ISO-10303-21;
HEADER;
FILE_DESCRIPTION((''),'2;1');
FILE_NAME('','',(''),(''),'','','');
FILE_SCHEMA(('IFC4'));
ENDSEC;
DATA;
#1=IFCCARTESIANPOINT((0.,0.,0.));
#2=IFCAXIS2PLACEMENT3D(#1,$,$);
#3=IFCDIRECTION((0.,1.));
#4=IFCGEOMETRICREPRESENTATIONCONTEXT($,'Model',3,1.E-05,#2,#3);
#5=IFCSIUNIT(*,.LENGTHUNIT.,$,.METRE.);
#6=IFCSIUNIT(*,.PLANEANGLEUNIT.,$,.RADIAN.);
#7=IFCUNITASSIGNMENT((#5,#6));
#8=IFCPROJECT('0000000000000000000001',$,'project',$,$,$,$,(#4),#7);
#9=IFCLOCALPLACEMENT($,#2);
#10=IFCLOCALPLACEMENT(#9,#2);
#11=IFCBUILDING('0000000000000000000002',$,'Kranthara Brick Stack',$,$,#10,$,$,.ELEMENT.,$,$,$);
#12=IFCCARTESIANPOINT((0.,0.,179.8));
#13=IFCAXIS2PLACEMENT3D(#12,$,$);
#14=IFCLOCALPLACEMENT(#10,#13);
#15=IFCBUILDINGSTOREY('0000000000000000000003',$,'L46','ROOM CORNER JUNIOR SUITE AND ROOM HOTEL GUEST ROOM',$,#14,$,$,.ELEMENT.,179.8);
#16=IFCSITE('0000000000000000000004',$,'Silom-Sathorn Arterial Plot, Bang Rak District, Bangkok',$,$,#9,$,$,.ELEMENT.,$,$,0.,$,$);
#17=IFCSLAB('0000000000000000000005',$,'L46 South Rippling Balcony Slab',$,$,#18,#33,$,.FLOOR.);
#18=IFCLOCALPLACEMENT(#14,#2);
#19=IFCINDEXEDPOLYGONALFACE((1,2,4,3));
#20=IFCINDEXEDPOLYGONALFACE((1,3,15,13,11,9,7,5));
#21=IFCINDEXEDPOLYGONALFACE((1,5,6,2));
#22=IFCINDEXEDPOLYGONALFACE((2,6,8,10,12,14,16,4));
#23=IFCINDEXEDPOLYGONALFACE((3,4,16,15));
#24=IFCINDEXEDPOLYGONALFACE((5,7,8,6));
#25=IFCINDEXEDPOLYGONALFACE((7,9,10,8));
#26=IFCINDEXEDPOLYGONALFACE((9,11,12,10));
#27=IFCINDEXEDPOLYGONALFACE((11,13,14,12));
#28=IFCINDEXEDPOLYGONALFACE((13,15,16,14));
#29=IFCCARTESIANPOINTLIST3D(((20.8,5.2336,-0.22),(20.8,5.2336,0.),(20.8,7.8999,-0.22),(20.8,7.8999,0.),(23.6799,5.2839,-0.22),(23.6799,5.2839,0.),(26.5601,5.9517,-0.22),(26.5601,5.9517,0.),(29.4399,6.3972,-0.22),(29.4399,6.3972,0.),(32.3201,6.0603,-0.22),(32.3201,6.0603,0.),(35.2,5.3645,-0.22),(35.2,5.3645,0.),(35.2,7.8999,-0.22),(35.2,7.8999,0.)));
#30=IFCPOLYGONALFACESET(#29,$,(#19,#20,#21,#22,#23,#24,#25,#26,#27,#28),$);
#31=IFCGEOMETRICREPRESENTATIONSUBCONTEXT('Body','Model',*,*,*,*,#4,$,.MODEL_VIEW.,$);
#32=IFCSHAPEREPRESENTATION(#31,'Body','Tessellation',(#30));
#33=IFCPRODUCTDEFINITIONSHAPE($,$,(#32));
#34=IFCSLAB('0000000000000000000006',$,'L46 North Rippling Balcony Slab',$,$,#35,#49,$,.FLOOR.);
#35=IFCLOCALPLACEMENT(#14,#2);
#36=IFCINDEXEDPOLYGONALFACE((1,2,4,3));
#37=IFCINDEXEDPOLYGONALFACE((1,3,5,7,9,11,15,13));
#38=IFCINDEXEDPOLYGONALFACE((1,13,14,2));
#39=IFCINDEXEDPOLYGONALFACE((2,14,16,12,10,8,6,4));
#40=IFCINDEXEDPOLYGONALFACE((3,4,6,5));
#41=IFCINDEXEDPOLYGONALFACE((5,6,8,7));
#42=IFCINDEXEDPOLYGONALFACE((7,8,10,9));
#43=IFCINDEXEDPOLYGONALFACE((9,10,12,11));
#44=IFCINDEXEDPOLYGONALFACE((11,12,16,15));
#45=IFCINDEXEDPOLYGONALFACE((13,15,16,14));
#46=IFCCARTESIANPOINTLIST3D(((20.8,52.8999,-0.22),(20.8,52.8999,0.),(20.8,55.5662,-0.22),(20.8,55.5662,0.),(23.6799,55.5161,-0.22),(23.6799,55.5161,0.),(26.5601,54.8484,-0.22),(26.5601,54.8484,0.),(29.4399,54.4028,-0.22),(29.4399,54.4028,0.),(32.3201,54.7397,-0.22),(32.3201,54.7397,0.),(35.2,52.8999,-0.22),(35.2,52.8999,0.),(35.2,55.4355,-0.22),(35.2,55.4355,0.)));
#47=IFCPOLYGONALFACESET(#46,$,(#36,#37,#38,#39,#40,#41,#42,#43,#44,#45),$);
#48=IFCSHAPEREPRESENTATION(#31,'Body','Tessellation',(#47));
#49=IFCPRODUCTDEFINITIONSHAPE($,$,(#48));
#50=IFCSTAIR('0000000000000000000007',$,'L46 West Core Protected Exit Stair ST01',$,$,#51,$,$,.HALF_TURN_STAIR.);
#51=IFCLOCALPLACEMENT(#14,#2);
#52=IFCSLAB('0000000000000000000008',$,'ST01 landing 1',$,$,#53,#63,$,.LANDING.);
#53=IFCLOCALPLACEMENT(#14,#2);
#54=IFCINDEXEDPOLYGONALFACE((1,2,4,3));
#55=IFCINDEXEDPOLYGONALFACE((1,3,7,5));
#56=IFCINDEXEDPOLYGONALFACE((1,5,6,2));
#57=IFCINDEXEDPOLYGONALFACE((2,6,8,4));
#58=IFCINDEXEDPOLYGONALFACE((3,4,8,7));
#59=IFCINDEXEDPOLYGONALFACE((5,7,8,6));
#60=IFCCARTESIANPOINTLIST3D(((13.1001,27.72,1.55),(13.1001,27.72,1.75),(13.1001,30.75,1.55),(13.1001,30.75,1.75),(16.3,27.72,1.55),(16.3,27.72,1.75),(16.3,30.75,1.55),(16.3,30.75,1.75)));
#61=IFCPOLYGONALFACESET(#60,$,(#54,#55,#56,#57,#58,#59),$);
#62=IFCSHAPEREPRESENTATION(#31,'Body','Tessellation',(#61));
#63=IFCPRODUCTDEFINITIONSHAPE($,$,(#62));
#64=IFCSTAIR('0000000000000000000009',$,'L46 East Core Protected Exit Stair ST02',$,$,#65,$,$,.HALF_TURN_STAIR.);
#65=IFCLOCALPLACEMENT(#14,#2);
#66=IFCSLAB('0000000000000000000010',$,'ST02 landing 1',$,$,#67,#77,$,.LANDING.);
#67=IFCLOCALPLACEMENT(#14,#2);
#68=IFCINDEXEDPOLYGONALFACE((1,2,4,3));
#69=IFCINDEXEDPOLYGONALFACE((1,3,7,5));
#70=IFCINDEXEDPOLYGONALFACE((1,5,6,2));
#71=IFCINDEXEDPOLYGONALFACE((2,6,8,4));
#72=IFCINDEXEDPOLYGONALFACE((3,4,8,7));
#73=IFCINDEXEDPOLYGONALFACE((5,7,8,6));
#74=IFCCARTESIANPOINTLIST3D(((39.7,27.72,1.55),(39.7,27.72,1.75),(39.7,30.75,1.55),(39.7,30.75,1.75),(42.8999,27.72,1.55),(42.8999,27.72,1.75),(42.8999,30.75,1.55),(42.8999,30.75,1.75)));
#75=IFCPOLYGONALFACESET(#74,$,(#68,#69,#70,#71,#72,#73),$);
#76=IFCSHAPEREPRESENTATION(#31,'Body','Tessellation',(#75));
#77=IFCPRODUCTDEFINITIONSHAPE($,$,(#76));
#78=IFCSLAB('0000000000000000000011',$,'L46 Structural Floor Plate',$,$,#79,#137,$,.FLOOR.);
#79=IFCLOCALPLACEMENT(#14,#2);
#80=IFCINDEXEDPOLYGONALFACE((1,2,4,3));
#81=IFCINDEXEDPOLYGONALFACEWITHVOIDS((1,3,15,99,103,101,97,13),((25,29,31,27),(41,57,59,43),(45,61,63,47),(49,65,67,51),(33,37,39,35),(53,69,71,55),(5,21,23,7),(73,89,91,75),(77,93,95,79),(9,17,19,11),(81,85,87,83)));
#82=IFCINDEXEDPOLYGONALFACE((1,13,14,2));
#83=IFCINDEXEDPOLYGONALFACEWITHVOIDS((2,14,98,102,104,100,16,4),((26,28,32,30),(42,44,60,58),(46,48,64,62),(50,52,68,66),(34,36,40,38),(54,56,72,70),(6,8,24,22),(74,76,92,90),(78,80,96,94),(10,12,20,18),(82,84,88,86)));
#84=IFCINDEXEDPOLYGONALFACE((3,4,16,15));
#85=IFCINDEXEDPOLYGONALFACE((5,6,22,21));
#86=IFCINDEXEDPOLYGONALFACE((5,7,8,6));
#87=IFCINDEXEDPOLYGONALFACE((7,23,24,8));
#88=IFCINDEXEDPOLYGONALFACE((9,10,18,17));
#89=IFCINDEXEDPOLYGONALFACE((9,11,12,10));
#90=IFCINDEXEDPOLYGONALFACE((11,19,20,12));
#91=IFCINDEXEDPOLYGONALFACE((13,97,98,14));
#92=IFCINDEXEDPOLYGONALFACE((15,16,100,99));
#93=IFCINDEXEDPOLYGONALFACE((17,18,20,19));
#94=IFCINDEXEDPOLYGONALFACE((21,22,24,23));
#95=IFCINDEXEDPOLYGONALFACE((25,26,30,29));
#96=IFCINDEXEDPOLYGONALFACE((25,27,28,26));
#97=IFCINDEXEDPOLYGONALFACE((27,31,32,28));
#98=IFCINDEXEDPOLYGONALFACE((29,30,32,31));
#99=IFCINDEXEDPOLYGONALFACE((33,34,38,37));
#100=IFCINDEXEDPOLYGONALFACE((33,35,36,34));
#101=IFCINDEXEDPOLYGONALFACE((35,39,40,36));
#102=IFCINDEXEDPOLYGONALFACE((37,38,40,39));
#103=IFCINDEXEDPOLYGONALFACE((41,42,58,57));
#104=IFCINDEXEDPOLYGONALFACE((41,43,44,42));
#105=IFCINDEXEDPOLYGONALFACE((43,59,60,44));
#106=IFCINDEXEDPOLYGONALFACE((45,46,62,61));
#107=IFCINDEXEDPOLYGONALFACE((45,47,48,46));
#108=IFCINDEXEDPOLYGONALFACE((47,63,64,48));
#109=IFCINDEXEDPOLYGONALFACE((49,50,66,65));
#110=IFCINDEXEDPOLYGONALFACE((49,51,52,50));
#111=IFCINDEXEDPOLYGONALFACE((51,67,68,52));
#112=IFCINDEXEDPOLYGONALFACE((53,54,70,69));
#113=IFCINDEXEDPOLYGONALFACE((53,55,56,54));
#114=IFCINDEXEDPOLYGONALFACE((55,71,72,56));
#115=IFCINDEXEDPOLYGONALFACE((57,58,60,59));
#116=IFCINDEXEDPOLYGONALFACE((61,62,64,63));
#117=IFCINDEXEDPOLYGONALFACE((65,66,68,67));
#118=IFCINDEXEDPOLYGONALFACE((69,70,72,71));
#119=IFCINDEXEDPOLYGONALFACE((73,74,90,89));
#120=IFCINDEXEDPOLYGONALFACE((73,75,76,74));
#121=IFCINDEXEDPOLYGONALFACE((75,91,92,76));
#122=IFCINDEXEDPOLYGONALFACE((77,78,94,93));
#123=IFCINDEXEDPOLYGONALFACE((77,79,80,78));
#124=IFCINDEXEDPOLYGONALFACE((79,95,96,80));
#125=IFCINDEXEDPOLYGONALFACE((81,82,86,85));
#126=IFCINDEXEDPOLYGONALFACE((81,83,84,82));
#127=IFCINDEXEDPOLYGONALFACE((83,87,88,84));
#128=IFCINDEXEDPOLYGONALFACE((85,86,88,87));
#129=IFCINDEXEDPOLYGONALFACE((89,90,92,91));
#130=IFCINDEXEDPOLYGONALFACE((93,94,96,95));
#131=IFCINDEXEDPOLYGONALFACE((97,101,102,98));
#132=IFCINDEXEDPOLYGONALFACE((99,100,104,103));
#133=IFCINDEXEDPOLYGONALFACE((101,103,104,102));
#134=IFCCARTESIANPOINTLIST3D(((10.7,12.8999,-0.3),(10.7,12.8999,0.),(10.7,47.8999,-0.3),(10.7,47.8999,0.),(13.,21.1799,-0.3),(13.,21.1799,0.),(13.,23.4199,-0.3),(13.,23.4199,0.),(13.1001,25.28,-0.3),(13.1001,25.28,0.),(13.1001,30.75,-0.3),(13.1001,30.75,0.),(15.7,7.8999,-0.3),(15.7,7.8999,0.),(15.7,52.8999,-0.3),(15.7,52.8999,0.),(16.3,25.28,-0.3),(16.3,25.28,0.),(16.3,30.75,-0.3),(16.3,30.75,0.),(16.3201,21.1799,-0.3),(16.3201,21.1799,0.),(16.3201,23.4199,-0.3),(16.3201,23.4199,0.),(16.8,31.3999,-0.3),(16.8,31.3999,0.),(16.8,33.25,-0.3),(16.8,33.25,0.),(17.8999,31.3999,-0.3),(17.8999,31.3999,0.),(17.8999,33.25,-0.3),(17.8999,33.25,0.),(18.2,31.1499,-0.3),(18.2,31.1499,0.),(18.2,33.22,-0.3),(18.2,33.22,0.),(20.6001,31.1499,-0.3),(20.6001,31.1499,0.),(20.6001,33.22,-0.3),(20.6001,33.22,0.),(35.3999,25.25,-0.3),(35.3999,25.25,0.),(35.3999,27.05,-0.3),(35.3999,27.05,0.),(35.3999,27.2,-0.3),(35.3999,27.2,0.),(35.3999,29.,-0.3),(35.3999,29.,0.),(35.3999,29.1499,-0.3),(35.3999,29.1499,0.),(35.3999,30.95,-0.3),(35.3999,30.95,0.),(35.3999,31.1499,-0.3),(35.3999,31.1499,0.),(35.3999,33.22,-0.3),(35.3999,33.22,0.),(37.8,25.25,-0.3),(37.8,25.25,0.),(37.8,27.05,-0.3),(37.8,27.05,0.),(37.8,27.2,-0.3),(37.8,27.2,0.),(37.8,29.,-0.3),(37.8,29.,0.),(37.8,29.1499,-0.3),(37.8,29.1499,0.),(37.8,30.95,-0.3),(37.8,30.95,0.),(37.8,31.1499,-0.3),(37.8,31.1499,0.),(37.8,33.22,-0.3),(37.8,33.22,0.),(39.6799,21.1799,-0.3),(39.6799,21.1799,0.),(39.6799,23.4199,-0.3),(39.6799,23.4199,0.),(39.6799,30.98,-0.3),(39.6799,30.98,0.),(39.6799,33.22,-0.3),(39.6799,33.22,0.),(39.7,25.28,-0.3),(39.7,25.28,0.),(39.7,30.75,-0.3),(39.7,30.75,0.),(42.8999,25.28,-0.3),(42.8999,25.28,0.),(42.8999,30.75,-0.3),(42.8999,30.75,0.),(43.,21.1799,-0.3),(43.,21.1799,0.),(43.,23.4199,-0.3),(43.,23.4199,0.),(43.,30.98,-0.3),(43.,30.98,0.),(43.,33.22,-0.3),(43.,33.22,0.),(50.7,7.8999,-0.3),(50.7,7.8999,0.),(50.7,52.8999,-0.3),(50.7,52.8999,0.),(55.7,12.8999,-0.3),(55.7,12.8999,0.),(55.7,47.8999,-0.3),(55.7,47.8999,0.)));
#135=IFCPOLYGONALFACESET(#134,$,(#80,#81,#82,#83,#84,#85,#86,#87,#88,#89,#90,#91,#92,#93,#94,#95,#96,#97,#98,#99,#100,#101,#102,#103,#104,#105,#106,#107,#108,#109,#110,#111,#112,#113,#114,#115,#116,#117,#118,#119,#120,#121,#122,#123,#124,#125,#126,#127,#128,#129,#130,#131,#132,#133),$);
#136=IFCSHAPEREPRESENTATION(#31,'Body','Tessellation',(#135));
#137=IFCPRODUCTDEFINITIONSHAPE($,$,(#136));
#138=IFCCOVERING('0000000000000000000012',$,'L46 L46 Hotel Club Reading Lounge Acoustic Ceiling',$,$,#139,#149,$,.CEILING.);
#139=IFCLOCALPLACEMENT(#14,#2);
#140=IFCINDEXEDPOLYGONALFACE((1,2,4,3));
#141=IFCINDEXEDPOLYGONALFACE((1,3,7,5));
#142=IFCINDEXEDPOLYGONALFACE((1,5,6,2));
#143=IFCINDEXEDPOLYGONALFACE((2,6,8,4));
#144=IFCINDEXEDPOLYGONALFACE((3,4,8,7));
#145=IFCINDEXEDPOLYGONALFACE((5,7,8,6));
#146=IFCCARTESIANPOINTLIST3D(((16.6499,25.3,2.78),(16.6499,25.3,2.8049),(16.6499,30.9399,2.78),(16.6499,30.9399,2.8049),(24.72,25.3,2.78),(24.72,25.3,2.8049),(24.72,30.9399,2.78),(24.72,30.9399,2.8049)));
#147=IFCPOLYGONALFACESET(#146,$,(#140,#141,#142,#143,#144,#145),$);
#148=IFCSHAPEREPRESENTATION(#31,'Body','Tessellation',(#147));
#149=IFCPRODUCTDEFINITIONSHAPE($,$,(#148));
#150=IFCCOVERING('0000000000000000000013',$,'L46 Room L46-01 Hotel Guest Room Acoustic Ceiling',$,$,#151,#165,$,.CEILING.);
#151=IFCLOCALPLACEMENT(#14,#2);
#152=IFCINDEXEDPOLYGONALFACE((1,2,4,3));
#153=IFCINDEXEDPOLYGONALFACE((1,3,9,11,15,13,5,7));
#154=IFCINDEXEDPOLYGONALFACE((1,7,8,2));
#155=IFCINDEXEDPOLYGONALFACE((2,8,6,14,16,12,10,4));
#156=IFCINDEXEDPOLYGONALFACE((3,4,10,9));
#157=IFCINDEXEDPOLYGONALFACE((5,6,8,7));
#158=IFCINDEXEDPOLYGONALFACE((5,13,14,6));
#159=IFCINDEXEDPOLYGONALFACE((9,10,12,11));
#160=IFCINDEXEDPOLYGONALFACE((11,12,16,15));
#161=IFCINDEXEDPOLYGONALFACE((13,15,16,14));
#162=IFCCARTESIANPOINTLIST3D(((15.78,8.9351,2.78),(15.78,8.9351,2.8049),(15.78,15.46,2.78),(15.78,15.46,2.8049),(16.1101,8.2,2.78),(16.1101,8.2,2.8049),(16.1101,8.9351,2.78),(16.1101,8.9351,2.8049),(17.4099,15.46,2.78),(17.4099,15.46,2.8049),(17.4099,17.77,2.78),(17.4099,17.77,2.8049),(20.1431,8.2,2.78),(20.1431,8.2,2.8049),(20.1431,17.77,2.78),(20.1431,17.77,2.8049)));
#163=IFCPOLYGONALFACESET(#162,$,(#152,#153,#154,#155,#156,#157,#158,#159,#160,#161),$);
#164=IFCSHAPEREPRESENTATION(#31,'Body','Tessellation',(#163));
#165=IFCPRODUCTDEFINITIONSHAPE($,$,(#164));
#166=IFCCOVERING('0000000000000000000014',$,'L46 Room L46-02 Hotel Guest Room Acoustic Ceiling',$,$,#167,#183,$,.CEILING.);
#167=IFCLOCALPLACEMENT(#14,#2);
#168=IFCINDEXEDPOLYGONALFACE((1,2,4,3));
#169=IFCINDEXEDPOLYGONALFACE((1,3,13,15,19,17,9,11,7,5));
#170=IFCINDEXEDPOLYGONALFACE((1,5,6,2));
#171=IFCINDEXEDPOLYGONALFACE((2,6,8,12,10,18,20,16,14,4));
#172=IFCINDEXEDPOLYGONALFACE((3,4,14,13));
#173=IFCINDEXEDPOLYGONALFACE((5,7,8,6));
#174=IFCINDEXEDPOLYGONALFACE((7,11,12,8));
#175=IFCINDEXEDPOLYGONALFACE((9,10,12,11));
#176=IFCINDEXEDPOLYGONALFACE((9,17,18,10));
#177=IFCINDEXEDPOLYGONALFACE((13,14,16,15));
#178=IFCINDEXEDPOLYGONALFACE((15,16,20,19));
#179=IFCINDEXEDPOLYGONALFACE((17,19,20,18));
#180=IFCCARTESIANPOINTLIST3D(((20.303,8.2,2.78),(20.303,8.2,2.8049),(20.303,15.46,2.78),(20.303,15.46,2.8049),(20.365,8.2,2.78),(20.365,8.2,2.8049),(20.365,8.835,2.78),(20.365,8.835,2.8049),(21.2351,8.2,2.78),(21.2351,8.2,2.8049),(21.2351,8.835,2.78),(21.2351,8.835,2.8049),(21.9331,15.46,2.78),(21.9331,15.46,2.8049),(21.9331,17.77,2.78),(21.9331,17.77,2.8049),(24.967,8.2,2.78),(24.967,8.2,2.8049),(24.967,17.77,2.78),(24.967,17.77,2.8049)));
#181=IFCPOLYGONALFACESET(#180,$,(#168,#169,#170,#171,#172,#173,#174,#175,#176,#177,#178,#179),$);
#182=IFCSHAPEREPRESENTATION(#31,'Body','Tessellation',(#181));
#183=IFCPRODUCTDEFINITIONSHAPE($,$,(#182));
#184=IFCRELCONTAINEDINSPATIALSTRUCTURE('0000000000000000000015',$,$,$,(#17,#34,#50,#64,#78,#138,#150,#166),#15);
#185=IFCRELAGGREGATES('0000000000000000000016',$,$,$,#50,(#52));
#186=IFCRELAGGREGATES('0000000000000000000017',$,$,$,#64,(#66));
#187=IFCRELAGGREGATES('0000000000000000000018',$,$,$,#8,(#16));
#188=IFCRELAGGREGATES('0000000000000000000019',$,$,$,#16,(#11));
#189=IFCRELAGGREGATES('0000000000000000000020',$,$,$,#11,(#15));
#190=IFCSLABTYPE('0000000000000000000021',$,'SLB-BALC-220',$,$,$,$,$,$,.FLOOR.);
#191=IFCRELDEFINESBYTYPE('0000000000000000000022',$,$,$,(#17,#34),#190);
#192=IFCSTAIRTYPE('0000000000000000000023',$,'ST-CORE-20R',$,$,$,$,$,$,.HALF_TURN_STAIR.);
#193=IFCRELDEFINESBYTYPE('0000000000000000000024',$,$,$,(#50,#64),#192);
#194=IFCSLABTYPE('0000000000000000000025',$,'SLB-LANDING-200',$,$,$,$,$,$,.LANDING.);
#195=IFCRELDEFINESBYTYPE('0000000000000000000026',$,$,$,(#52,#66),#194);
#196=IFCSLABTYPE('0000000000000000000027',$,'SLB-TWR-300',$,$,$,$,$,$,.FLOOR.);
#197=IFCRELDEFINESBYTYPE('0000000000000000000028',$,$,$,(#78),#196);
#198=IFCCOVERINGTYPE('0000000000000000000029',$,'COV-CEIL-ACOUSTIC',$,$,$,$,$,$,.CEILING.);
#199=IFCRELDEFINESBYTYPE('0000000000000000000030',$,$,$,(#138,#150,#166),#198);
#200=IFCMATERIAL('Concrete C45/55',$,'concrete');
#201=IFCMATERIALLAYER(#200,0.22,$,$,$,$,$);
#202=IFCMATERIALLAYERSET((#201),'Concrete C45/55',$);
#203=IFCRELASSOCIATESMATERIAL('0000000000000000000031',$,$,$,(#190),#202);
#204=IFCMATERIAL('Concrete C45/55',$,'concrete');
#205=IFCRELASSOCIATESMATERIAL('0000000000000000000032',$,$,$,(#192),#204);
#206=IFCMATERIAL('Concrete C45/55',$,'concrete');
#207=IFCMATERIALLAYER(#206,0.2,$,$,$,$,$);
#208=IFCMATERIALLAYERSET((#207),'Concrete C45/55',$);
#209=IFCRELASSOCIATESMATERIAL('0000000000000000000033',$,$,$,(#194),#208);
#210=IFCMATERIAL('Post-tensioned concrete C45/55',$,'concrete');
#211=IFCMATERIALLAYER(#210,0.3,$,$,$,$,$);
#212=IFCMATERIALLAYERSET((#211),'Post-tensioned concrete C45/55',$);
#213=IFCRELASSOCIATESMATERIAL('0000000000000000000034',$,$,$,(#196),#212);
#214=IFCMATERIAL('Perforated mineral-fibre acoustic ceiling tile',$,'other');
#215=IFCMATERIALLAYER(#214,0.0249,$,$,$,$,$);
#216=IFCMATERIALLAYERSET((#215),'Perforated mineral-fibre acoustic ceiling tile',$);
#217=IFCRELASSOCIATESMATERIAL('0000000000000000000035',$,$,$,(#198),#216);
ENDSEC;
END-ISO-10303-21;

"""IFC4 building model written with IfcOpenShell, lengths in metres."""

from ifc_helpers import new_model, si_unit, direction, frame, origin, place, context, subcontext, project, spatial, polyline, outline, extrude, material, layer, layer_set, type_object, element, aggregate, save


model = new_model("IFC4")

# Units and contexts
model_context = context("Model", 3, precision=1e-05, world=origin(), true_north=direction((0.0, 1.0)))
body_context = subcontext(model_context, "Body", "Model", "MODEL_VIEW")
ifc_project = project(units=[si_unit("LENGTHUNIT", "METRE"), si_unit("PLANEANGLEUNIT", "RADIAN")], contexts=[model_context])

# Site, building, storey
site_placement = place(None, origin())
site = spatial("IfcSite", under=ifc_project, at=site_placement, Name="Silom-Sathorn Arterial Plot, Bang Rak District, Bangkok", CompositionType="ELEMENT", RefElevation=0.0)
building_placement = place(site_placement, origin())
building = spatial("IfcBuilding", under=site, at=building_placement, Name="Kranthara Brick Stack", CompositionType="ELEMENT")
storey_placement = place(building_placement, frame((0.0, 0.0, 179.8)))
storey = spatial("IfcBuildingStorey", under=building, at=storey_placement, Name="L46", Description="ROOM CORNER JUNIOR SUITE AND ROOM HOTEL GUEST ROOM", CompositionType="ELEMENT", Elevation=179.8)

# Slabs
ifc_material_1 = material(Name="Concrete C45/55", Category="concrete")
ifc_layer_1 = layer(ifc_material_1, 0.22)
ifc_layer_set_1 = layer_set([ifc_layer_1], Name="Concrete C45/55")
slab_type_1 = type_object("IfcSlabType", Name="SLB-BALC-220", PredefinedType="FLOOR", material=ifc_layer_set_1)
slab_1_placement = place(storey_placement, frame((0.0, 0.0, -0.22)))
element("IfcSlab", 1, at=slab_1_placement, inside=storey, type_object=slab_type_1, Name="L46 South Rippling Balcony Slab", PredefinedType="FLOOR", context=body_context, shape_type="SweptSolid", body=[
    extrude(outline(polyline([(20.8, 7.8999), (35.2, 7.8999), (35.2, 5.3645), (32.3201, 6.0603), (29.4399, 6.3972), (26.5601, 5.9517), (23.6799, 5.2839), (20.8, 5.2336), (20.8, 7.8999)])), origin(), (0.0, 0.0, 1.0), 0.22),
])
slab_2_placement = place(storey_placement, frame((0.0, 0.0, -0.22)))
element("IfcSlab", 2, at=slab_2_placement, inside=storey, type_object=slab_type_1, Name="L46 North Rippling Balcony Slab", PredefinedType="FLOOR", context=body_context, shape_type="SweptSolid", body=[
    extrude(outline(polyline([(35.2, 52.8999), (20.8, 52.8999), (20.8, 55.5662), (23.6799, 55.5161), (26.5601, 54.8484), (29.4399, 54.4028), (32.3201, 54.7397), (35.2, 55.4355), (35.2, 52.8999)])), origin(), (0.0, 0.0, 1.0), 0.22),
])

# Stairs, slabs
ifc_material_2 = material(Name="Concrete C45/55", Category="concrete")
stair_type = type_object("IfcStairType", Name="ST-CORE-20R", PredefinedType="HALF_TURN_STAIR", material=ifc_material_2)
stair_1_placement = place(storey_placement, origin())
stair_1 = element("IfcStair", 3, at=stair_1_placement, inside=storey, type_object=stair_type, Name="L46 West Core Protected Exit Stair ST01", PredefinedType="HALF_TURN_STAIR")
ifc_material_3 = material(Name="Concrete C45/55", Category="concrete")
ifc_layer_2 = layer(ifc_material_3, 0.2)
ifc_layer_set_2 = layer_set([ifc_layer_2], Name="Concrete C45/55")
slab_type_2 = type_object("IfcSlabType", Name="SLB-LANDING-200", PredefinedType="LANDING", material=ifc_layer_set_2)
slab_3_placement = place(storey_placement, frame((0.0, 0.0, 1.55)))
slab_3 = element("IfcSlab", 4, at=slab_3_placement, type_object=slab_type_2, Name="ST01 landing 1", PredefinedType="LANDING", context=body_context, shape_type="SweptSolid", body=[
    extrude(outline(polyline([(16.3, 27.72), (16.3, 30.75), (13.1001, 30.75), (13.1001, 27.72), (16.3, 27.72)])), origin(), (0.0, 0.0, 1.0), 0.2),
])
aggregate(stair_1, [slab_3])
stair_2_placement = place(storey_placement, origin())
stair_2 = element("IfcStair", 5, at=stair_2_placement, inside=storey, type_object=stair_type, Name="L46 East Core Protected Exit Stair ST02", PredefinedType="HALF_TURN_STAIR")
slab_4_placement = place(storey_placement, frame((0.0, 0.0, 1.55)))
slab_4 = element("IfcSlab", 6, at=slab_4_placement, type_object=slab_type_2, Name="ST02 landing 1", PredefinedType="LANDING", context=body_context, shape_type="SweptSolid", body=[
    extrude(outline(polyline([(42.8999, 27.72), (42.8999, 30.75), (39.7, 30.75), (39.7, 27.72), (42.8999, 27.72)])), origin(), (0.0, 0.0, 1.0), 0.2),
])
aggregate(stair_2, [slab_4])

# Slab
ifc_material_4 = material(Name="Post-tensioned concrete C45/55", Category="concrete")
ifc_layer_3 = layer(ifc_material_4, 0.3)
ifc_layer_set_3 = layer_set([ifc_layer_3], Name="Post-tensioned concrete C45/55")
slab_type_3 = type_object("IfcSlabType", Name="SLB-TWR-300", PredefinedType="FLOOR", material=ifc_layer_set_3)
slab_5_placement = place(storey_placement, frame((0.0, 0.0, -0.3)))
element("IfcSlab", 7, at=slab_5_placement, inside=storey, type_object=slab_type_3, Name="L46 Structural Floor Plate", PredefinedType="FLOOR", context=body_context, shape_type="SweptSolid", body=[
    extrude(outline(polyline([(15.7, 7.8999), (50.7, 7.8999), (55.7, 12.8999), (55.7, 47.8999), (50.7, 52.8999), (15.7, 52.8999), (10.7, 47.8999), (10.7, 12.8999), (15.7, 7.8999)]), holes=[polyline([(13.1001, 25.28), (16.3, 25.28), (16.3, 30.75), (13.1001, 30.75), (13.1001, 25.28)]), polyline([(39.7, 25.28), (42.8999, 25.28), (42.8999, 30.75), (39.7, 30.75), (39.7, 25.28)]), polyline([(13.0, 21.1799), (16.3201, 21.1799), (16.3201, 23.4199), (13.0, 23.4199), (13.0, 21.1799)]), polyline([(39.6799, 21.1799), (43.0, 21.1799), (43.0, 23.4199), (39.6799, 23.4199), (39.6799, 21.1799)]), polyline([(39.6799, 30.98), (43.0, 30.98), (43.0, 33.22), (39.6799, 33.22), (39.6799, 30.98)]), polyline([(35.3999, 25.25), (37.8, 25.25), (37.8, 27.05), (35.3999, 27.05), (35.3999, 25.25)]), polyline([(35.3999, 27.2), (37.8, 27.2), (37.8, 29.0), (35.3999, 29.0), (35.3999, 27.2)]), polyline([(35.3999, 29.1499), (37.8, 29.1499), (37.8, 30.95), (35.3999, 30.95), (35.3999, 29.1499)]), polyline([(18.2, 31.1499), (20.6001, 31.1499), (20.6001, 33.22), (18.2, 33.22), (18.2, 31.1499)]), polyline([(35.3999, 31.1499), (37.8, 31.1499), (37.8, 33.22), (35.3999, 33.22), (35.3999, 31.1499)]), polyline([(16.8, 31.3999), (17.8999, 31.3999), (17.8999, 33.25), (16.8, 33.25), (16.8, 31.3999)])]), origin(), (0.0, 0.0, 1.0), 0.3),
])

# Coverings
ifc_material_5 = material(Name="Perforated mineral-fibre acoustic ceiling tile", Category="other")
ifc_layer_4 = layer(ifc_material_5, 0.0249)
ifc_layer_set_4 = layer_set([ifc_layer_4], Name="Perforated mineral-fibre acoustic ceiling tile")
covering_type_1 = type_object("IfcCoveringType", Name="COV-CEIL-ACOUSTIC", PredefinedType="CEILING", material=ifc_layer_set_4)
covering_1_placement = place(storey_placement, frame((0.0, 0.0, 2.78)))
element("IfcCovering", 8, at=covering_1_placement, inside=storey, type_object=covering_type_1, Name="L46 L46 Hotel Club Reading Lounge Acoustic Ceiling", PredefinedType="CEILING", context=body_context, shape_type="SweptSolid", body=[
    extrude(outline(polyline([(24.72, 25.3), (24.72, 30.9399), (16.6499, 30.9399), (16.6499, 25.3), (24.72, 25.3)])), origin(), (0.0, 0.0, 1.0), 0.0249),
])
covering_2_placement = place(storey_placement, frame((0.0, 0.0, 2.78)))
element("IfcCovering", 9, at=covering_2_placement, inside=storey, type_object=covering_type_1, Name="L46 Room L46-01 Hotel Guest Room Acoustic Ceiling", PredefinedType="CEILING", context=body_context, shape_type="SweptSolid", body=[
    extrude(outline(polyline([(15.78, 15.46), (17.4099, 15.46), (17.4099, 17.77), (20.1431, 17.77), (20.1431, 8.2), (16.1101, 8.2), (16.1101, 8.9351), (15.78, 8.9351), (15.78, 15.46)])), origin(), (0.0, 0.0, 1.0), 0.0249),
])
covering_3_placement = place(storey_placement, frame((0.0, 0.0, 2.78)))
element("IfcCovering", 10, at=covering_3_placement, inside=storey, type_object=covering_type_1, Name="L46 Room L46-02 Hotel Guest Room Acoustic Ceiling", PredefinedType="CEILING", context=body_context, shape_type="SweptSolid", body=[
    extrude(outline(polyline([(20.303, 8.2), (20.303, 15.46), (21.9331, 15.46), (21.9331, 17.77), (24.967, 17.77), (24.967, 8.2), (21.2351, 8.2), (21.2351, 8.835), (20.365, 8.835), (20.365, 8.2), (20.303, 8.2)])), origin(), (0.0, 0.0, 1.0), 0.0249),
])

save(model, "model.ifc")
